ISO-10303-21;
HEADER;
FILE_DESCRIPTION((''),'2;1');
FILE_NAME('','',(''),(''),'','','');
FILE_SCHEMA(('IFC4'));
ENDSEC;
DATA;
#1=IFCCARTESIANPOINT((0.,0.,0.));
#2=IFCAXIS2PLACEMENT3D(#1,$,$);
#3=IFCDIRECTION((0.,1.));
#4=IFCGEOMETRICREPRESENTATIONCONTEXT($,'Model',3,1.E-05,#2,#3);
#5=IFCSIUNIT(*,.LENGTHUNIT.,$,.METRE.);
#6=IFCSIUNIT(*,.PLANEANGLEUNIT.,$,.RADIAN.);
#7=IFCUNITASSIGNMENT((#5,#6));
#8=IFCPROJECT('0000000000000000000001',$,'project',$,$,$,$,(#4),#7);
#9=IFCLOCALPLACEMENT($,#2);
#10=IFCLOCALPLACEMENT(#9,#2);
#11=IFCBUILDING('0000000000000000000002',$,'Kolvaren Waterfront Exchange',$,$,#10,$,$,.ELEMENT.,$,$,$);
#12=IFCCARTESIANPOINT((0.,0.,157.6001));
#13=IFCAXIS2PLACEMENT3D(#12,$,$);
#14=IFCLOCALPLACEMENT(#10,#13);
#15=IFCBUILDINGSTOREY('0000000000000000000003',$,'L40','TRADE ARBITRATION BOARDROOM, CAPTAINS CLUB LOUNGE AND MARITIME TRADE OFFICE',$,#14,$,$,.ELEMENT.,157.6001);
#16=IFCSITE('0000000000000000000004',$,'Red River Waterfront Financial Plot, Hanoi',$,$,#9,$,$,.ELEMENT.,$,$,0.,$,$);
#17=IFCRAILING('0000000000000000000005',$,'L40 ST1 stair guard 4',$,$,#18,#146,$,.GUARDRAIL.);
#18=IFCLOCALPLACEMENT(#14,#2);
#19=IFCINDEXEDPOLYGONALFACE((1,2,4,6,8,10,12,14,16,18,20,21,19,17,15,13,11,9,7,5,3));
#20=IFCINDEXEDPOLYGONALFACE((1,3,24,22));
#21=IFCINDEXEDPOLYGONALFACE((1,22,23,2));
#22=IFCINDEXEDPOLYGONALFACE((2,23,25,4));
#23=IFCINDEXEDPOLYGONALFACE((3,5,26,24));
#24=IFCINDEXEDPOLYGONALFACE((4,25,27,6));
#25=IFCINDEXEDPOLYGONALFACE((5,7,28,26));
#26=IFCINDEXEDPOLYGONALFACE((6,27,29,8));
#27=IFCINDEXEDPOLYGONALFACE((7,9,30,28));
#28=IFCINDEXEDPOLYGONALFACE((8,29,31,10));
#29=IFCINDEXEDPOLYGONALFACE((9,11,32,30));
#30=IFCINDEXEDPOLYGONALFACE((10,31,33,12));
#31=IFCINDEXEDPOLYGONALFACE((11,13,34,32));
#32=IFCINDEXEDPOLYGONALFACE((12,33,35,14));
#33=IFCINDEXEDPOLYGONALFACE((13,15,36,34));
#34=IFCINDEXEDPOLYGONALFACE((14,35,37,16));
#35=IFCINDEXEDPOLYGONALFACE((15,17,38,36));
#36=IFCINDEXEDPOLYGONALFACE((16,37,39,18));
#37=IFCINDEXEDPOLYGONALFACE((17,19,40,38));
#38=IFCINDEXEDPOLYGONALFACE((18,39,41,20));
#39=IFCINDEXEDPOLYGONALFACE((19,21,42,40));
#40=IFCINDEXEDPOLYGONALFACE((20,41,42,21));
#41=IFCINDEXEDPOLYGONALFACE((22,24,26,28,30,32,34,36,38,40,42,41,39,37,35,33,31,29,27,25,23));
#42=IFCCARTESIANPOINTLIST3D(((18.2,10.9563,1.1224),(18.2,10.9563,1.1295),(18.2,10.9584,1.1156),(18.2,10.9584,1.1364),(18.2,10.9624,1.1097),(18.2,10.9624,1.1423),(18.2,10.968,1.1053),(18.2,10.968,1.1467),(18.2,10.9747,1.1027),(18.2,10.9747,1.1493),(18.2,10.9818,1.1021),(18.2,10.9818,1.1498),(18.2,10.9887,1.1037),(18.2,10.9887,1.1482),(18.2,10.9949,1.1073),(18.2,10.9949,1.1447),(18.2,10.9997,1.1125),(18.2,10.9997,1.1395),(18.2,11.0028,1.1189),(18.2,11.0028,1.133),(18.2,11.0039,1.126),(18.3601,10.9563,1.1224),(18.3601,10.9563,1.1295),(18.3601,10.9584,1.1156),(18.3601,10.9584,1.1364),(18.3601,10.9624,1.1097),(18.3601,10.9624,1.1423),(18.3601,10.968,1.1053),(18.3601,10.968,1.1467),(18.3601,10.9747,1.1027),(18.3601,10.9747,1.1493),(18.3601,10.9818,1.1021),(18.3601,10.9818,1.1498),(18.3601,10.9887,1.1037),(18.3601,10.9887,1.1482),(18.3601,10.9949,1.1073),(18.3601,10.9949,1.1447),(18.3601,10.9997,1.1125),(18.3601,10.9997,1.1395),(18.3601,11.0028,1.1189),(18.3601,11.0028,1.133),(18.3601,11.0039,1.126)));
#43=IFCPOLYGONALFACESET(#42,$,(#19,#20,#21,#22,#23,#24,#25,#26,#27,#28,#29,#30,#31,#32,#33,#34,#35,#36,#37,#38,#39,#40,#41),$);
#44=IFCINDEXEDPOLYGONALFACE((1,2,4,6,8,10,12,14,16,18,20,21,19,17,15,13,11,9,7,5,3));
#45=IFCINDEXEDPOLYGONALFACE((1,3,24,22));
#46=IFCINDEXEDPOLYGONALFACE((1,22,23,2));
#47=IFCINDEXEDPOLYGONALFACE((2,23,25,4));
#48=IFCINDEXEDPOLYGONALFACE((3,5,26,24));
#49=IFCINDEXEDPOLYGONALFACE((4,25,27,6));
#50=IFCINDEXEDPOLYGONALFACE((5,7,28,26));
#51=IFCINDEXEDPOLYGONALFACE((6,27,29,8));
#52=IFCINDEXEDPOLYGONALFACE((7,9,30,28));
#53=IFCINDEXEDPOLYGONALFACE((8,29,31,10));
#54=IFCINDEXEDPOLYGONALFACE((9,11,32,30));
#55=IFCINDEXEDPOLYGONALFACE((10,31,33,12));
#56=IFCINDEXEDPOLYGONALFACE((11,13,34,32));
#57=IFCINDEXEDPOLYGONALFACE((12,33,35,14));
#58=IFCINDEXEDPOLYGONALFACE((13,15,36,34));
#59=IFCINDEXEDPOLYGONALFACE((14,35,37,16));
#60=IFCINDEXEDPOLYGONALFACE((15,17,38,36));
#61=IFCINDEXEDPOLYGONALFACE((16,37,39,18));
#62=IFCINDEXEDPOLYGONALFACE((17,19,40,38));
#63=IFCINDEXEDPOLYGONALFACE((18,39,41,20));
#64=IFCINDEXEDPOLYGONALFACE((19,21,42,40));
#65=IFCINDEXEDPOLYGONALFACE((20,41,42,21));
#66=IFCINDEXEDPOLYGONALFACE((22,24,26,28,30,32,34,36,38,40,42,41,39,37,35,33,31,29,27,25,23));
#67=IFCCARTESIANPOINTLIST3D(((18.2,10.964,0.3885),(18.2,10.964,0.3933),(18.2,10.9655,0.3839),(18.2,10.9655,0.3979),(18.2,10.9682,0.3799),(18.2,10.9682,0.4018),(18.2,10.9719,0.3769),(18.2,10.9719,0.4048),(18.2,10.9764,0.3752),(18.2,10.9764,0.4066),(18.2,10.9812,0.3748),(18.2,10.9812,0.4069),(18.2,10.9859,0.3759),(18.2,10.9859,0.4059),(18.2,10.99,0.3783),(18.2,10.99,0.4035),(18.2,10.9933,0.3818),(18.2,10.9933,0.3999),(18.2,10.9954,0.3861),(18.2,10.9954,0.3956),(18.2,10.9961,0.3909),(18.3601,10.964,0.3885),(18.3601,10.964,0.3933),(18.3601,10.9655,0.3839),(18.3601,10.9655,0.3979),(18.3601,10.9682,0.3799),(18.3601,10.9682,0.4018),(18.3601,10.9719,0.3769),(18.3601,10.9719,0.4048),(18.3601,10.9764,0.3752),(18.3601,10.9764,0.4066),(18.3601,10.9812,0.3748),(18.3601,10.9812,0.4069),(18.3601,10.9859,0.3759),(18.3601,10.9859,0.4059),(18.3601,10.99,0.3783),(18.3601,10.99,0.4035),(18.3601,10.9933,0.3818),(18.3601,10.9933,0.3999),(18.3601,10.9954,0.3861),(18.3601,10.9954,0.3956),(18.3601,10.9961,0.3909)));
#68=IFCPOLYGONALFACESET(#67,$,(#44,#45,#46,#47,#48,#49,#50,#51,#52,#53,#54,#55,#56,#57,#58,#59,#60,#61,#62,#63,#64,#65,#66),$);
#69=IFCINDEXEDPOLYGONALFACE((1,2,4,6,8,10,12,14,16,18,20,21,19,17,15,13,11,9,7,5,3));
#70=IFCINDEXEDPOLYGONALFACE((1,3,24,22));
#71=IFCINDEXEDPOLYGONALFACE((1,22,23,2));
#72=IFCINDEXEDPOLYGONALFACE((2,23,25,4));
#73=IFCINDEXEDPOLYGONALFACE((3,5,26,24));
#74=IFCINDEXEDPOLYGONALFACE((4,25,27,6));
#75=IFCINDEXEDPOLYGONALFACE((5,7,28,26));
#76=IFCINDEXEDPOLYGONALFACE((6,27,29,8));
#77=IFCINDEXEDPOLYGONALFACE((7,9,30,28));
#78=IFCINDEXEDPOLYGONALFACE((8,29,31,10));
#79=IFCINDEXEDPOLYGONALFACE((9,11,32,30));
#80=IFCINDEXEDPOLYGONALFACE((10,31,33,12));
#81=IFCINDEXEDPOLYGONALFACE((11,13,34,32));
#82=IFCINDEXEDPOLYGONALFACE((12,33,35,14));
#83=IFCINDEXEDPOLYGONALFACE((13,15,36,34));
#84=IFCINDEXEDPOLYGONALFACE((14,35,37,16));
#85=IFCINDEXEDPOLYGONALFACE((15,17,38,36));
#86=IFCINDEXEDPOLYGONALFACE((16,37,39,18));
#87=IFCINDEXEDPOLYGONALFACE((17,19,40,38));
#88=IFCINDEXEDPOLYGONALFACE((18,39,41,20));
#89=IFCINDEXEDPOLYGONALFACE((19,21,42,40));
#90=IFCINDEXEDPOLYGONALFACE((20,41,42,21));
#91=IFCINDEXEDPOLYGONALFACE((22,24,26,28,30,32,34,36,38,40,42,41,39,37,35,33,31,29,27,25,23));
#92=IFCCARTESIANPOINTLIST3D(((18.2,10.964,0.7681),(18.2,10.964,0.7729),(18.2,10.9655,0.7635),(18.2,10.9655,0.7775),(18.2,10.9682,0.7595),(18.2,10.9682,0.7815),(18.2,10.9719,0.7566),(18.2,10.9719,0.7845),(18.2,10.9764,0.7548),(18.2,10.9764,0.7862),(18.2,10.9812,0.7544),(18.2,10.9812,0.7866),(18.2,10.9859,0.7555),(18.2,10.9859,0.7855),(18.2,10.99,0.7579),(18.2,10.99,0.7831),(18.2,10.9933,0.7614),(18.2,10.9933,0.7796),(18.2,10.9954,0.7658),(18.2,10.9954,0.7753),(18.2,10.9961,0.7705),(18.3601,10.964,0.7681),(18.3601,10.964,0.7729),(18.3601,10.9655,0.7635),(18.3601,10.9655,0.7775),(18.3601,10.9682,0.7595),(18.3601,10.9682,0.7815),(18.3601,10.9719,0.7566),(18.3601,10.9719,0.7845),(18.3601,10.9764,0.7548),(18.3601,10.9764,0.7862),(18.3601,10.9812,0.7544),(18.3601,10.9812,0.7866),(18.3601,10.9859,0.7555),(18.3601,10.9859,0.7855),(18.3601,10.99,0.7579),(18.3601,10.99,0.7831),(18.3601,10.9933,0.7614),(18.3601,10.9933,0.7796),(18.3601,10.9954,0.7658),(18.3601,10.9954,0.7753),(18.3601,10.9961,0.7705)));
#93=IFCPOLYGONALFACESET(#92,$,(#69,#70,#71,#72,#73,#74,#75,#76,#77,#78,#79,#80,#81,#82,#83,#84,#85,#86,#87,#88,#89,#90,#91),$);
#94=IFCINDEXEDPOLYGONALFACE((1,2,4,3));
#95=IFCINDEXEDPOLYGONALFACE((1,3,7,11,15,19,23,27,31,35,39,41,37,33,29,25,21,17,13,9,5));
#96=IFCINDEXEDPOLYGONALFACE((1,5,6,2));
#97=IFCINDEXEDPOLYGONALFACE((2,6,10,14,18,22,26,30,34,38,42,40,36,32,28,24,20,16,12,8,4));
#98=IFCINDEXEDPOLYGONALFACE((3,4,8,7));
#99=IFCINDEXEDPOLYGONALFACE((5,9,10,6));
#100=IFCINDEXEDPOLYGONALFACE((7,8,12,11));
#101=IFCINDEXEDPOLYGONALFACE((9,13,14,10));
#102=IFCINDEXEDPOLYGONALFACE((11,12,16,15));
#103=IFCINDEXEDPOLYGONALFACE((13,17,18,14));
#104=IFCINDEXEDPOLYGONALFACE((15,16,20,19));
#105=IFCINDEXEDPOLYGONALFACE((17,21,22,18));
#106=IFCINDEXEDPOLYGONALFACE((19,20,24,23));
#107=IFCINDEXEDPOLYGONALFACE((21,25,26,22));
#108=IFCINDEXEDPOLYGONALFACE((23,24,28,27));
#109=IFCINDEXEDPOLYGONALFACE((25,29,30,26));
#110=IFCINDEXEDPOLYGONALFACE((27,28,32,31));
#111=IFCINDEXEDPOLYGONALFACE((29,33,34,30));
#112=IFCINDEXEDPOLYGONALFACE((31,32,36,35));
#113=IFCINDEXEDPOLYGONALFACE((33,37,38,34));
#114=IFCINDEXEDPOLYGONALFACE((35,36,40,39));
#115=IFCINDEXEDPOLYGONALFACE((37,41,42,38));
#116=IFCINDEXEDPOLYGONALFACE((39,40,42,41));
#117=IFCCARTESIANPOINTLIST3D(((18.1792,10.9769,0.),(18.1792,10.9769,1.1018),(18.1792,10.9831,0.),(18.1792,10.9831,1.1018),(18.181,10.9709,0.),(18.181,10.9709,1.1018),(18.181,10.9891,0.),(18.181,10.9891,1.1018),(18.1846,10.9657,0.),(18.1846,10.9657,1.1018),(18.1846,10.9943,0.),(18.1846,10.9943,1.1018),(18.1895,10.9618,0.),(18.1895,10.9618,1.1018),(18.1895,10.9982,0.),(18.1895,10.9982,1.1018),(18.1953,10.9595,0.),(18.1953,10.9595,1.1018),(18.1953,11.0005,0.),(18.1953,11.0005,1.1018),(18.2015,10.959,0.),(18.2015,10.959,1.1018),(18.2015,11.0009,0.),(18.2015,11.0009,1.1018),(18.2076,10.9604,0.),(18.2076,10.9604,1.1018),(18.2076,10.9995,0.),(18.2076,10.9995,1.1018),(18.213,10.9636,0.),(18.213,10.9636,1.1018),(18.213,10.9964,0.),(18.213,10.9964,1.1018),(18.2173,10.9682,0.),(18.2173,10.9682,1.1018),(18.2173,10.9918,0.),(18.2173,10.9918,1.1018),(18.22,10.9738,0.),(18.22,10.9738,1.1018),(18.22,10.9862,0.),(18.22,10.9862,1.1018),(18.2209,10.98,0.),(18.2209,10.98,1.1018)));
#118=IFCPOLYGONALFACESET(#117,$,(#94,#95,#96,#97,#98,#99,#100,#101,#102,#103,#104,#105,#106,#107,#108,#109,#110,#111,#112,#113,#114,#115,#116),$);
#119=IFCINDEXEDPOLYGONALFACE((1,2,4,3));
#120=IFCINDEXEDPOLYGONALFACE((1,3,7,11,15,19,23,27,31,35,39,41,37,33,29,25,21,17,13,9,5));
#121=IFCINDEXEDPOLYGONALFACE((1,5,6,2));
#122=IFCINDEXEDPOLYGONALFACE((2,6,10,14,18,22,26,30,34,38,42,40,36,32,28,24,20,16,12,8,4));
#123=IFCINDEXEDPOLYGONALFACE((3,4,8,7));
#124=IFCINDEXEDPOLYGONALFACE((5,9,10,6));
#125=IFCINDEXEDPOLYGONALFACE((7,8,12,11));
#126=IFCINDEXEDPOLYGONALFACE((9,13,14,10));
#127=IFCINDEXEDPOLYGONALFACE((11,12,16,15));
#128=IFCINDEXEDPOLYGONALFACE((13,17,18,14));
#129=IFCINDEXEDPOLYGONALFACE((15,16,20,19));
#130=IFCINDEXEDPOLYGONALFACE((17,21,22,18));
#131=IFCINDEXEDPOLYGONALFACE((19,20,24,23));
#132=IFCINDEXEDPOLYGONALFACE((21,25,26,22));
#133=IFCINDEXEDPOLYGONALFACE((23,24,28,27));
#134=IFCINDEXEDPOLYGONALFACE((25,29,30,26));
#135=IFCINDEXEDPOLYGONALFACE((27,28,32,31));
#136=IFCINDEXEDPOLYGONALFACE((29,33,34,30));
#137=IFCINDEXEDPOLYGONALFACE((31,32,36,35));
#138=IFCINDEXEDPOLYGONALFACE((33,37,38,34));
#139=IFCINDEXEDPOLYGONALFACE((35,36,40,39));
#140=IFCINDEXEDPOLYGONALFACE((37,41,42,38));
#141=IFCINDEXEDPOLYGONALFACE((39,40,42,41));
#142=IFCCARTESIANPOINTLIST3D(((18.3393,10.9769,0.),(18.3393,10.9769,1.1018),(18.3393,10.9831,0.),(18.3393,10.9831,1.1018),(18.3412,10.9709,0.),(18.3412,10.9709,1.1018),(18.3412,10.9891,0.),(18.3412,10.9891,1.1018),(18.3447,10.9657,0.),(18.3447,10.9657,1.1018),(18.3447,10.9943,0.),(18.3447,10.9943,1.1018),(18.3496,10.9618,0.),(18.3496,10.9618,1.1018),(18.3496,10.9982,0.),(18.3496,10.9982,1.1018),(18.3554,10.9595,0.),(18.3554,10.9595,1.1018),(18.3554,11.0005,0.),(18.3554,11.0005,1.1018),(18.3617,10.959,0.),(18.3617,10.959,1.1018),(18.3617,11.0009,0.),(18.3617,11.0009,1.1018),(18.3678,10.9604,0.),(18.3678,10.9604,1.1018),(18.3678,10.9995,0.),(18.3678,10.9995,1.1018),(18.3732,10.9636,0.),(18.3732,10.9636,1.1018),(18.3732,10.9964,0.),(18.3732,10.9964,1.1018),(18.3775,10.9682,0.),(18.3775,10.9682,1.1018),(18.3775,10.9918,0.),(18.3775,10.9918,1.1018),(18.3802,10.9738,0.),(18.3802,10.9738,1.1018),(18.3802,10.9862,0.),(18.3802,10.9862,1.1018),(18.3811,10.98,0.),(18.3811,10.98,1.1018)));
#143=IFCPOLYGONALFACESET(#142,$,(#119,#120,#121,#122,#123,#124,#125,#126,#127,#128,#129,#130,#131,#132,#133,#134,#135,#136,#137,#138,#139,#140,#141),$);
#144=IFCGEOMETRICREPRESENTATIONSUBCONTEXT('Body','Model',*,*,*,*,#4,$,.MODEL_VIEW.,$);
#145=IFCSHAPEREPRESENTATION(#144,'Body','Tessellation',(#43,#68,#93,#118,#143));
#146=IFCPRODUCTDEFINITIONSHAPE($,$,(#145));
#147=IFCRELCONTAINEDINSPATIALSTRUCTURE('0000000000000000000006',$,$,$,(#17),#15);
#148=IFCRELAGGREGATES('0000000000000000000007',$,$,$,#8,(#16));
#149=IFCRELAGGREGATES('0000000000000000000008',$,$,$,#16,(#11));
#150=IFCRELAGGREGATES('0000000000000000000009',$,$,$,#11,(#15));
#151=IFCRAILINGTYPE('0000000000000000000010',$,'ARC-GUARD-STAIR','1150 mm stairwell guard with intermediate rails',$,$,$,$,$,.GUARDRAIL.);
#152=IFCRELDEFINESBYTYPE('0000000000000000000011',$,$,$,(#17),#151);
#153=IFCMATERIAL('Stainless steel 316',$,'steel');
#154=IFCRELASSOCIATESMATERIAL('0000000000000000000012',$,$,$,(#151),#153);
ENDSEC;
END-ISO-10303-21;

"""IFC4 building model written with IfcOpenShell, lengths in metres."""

from ifc_helpers import new_model, si_unit, direction, frame, origin, origin_2d, place, context, subcontext, project, spatial, circle, extrude, material, type_object, element, save


model = new_model("IFC4")

# Units and contexts
model_context = context("Model", 3, precision=1e-05, world=origin(), true_north=direction((0.0, 1.0)))
body_context = subcontext(model_context, "Body", "Model", "MODEL_VIEW")
ifc_project = project(units=[si_unit("LENGTHUNIT", "METRE"), si_unit("PLANEANGLEUNIT", "RADIAN")], contexts=[model_context])

# Site, building, storey
site_placement = place(None, origin())
site = spatial("IfcSite", under=ifc_project, at=site_placement, Name="Red River Waterfront Financial Plot, Hanoi", CompositionType="ELEMENT", RefElevation=0.0)
building_placement = place(site_placement, origin())
building = spatial("IfcBuilding", under=site, at=building_placement, Name="Kolvaren Waterfront Exchange", CompositionType="ELEMENT")
storey_placement = place(building_placement, frame((0.0, 0.0, 157.6001)))
storey = spatial("IfcBuildingStorey", under=building, at=storey_placement, Name="L40", Description="TRADE ARBITRATION BOARDROOM, CAPTAINS CLUB LOUNGE AND MARITIME TRADE OFFICE", CompositionType="ELEMENT", Elevation=157.6001)

# Railing
ifc_material_1 = material(Name="Stainless steel 316", Category="steel")
railing_type_1 = type_object("IfcRailingType", Name="ARC-GUARD-STAIR", Description="1150 mm stairwell guard with intermediate rails", PredefinedType="GUARDRAIL", material=ifc_material_1)
railing_1_placement = place(storey_placement, frame((18.2, 10.98, 0.0)))
element("IfcRailing", 1, at=railing_1_placement, inside=storey, type_object=railing_type_1, Name="L40 ST1 stair guard 4", PredefinedType="GUARDRAIL", context=body_context, shape_type="SweptSolid", body=[
    extrude(circle(Radius=0.0239, at=origin_2d()), frame((0.0, 0.0, 1.126), z_axis=(1.0, 0.0, 0.0), x_axis=(0.0, 1.0, 0.0)), (0.0, 0.0, 1.0), 0.1602),
    extrude(circle(Radius=0.0161, at=origin_2d()), frame((0.0, 0.0, 0.3909), z_axis=(1.0, 0.0, 0.0), x_axis=(0.0, 1.0, 0.0)), (0.0, 0.0, 1.0), 0.1602),
    extrude(circle(Radius=0.0161, at=origin_2d()), frame((0.0, 0.0, 0.7705), z_axis=(1.0, 0.0, 0.0), x_axis=(0.0, 1.0, 0.0)), (0.0, 0.0, 1.0), 0.1602),
    extrude(circle(Radius=0.021, at=origin_2d()), origin(), (0.0, 0.0, 1.0), 1.1018),
    extrude(circle(Radius=0.021, at=origin_2d()), frame((0.1602, 0.0, 0.0)), (0.0, 0.0, 1.0), 1.1018),
])

save(model, "model.ifc")
